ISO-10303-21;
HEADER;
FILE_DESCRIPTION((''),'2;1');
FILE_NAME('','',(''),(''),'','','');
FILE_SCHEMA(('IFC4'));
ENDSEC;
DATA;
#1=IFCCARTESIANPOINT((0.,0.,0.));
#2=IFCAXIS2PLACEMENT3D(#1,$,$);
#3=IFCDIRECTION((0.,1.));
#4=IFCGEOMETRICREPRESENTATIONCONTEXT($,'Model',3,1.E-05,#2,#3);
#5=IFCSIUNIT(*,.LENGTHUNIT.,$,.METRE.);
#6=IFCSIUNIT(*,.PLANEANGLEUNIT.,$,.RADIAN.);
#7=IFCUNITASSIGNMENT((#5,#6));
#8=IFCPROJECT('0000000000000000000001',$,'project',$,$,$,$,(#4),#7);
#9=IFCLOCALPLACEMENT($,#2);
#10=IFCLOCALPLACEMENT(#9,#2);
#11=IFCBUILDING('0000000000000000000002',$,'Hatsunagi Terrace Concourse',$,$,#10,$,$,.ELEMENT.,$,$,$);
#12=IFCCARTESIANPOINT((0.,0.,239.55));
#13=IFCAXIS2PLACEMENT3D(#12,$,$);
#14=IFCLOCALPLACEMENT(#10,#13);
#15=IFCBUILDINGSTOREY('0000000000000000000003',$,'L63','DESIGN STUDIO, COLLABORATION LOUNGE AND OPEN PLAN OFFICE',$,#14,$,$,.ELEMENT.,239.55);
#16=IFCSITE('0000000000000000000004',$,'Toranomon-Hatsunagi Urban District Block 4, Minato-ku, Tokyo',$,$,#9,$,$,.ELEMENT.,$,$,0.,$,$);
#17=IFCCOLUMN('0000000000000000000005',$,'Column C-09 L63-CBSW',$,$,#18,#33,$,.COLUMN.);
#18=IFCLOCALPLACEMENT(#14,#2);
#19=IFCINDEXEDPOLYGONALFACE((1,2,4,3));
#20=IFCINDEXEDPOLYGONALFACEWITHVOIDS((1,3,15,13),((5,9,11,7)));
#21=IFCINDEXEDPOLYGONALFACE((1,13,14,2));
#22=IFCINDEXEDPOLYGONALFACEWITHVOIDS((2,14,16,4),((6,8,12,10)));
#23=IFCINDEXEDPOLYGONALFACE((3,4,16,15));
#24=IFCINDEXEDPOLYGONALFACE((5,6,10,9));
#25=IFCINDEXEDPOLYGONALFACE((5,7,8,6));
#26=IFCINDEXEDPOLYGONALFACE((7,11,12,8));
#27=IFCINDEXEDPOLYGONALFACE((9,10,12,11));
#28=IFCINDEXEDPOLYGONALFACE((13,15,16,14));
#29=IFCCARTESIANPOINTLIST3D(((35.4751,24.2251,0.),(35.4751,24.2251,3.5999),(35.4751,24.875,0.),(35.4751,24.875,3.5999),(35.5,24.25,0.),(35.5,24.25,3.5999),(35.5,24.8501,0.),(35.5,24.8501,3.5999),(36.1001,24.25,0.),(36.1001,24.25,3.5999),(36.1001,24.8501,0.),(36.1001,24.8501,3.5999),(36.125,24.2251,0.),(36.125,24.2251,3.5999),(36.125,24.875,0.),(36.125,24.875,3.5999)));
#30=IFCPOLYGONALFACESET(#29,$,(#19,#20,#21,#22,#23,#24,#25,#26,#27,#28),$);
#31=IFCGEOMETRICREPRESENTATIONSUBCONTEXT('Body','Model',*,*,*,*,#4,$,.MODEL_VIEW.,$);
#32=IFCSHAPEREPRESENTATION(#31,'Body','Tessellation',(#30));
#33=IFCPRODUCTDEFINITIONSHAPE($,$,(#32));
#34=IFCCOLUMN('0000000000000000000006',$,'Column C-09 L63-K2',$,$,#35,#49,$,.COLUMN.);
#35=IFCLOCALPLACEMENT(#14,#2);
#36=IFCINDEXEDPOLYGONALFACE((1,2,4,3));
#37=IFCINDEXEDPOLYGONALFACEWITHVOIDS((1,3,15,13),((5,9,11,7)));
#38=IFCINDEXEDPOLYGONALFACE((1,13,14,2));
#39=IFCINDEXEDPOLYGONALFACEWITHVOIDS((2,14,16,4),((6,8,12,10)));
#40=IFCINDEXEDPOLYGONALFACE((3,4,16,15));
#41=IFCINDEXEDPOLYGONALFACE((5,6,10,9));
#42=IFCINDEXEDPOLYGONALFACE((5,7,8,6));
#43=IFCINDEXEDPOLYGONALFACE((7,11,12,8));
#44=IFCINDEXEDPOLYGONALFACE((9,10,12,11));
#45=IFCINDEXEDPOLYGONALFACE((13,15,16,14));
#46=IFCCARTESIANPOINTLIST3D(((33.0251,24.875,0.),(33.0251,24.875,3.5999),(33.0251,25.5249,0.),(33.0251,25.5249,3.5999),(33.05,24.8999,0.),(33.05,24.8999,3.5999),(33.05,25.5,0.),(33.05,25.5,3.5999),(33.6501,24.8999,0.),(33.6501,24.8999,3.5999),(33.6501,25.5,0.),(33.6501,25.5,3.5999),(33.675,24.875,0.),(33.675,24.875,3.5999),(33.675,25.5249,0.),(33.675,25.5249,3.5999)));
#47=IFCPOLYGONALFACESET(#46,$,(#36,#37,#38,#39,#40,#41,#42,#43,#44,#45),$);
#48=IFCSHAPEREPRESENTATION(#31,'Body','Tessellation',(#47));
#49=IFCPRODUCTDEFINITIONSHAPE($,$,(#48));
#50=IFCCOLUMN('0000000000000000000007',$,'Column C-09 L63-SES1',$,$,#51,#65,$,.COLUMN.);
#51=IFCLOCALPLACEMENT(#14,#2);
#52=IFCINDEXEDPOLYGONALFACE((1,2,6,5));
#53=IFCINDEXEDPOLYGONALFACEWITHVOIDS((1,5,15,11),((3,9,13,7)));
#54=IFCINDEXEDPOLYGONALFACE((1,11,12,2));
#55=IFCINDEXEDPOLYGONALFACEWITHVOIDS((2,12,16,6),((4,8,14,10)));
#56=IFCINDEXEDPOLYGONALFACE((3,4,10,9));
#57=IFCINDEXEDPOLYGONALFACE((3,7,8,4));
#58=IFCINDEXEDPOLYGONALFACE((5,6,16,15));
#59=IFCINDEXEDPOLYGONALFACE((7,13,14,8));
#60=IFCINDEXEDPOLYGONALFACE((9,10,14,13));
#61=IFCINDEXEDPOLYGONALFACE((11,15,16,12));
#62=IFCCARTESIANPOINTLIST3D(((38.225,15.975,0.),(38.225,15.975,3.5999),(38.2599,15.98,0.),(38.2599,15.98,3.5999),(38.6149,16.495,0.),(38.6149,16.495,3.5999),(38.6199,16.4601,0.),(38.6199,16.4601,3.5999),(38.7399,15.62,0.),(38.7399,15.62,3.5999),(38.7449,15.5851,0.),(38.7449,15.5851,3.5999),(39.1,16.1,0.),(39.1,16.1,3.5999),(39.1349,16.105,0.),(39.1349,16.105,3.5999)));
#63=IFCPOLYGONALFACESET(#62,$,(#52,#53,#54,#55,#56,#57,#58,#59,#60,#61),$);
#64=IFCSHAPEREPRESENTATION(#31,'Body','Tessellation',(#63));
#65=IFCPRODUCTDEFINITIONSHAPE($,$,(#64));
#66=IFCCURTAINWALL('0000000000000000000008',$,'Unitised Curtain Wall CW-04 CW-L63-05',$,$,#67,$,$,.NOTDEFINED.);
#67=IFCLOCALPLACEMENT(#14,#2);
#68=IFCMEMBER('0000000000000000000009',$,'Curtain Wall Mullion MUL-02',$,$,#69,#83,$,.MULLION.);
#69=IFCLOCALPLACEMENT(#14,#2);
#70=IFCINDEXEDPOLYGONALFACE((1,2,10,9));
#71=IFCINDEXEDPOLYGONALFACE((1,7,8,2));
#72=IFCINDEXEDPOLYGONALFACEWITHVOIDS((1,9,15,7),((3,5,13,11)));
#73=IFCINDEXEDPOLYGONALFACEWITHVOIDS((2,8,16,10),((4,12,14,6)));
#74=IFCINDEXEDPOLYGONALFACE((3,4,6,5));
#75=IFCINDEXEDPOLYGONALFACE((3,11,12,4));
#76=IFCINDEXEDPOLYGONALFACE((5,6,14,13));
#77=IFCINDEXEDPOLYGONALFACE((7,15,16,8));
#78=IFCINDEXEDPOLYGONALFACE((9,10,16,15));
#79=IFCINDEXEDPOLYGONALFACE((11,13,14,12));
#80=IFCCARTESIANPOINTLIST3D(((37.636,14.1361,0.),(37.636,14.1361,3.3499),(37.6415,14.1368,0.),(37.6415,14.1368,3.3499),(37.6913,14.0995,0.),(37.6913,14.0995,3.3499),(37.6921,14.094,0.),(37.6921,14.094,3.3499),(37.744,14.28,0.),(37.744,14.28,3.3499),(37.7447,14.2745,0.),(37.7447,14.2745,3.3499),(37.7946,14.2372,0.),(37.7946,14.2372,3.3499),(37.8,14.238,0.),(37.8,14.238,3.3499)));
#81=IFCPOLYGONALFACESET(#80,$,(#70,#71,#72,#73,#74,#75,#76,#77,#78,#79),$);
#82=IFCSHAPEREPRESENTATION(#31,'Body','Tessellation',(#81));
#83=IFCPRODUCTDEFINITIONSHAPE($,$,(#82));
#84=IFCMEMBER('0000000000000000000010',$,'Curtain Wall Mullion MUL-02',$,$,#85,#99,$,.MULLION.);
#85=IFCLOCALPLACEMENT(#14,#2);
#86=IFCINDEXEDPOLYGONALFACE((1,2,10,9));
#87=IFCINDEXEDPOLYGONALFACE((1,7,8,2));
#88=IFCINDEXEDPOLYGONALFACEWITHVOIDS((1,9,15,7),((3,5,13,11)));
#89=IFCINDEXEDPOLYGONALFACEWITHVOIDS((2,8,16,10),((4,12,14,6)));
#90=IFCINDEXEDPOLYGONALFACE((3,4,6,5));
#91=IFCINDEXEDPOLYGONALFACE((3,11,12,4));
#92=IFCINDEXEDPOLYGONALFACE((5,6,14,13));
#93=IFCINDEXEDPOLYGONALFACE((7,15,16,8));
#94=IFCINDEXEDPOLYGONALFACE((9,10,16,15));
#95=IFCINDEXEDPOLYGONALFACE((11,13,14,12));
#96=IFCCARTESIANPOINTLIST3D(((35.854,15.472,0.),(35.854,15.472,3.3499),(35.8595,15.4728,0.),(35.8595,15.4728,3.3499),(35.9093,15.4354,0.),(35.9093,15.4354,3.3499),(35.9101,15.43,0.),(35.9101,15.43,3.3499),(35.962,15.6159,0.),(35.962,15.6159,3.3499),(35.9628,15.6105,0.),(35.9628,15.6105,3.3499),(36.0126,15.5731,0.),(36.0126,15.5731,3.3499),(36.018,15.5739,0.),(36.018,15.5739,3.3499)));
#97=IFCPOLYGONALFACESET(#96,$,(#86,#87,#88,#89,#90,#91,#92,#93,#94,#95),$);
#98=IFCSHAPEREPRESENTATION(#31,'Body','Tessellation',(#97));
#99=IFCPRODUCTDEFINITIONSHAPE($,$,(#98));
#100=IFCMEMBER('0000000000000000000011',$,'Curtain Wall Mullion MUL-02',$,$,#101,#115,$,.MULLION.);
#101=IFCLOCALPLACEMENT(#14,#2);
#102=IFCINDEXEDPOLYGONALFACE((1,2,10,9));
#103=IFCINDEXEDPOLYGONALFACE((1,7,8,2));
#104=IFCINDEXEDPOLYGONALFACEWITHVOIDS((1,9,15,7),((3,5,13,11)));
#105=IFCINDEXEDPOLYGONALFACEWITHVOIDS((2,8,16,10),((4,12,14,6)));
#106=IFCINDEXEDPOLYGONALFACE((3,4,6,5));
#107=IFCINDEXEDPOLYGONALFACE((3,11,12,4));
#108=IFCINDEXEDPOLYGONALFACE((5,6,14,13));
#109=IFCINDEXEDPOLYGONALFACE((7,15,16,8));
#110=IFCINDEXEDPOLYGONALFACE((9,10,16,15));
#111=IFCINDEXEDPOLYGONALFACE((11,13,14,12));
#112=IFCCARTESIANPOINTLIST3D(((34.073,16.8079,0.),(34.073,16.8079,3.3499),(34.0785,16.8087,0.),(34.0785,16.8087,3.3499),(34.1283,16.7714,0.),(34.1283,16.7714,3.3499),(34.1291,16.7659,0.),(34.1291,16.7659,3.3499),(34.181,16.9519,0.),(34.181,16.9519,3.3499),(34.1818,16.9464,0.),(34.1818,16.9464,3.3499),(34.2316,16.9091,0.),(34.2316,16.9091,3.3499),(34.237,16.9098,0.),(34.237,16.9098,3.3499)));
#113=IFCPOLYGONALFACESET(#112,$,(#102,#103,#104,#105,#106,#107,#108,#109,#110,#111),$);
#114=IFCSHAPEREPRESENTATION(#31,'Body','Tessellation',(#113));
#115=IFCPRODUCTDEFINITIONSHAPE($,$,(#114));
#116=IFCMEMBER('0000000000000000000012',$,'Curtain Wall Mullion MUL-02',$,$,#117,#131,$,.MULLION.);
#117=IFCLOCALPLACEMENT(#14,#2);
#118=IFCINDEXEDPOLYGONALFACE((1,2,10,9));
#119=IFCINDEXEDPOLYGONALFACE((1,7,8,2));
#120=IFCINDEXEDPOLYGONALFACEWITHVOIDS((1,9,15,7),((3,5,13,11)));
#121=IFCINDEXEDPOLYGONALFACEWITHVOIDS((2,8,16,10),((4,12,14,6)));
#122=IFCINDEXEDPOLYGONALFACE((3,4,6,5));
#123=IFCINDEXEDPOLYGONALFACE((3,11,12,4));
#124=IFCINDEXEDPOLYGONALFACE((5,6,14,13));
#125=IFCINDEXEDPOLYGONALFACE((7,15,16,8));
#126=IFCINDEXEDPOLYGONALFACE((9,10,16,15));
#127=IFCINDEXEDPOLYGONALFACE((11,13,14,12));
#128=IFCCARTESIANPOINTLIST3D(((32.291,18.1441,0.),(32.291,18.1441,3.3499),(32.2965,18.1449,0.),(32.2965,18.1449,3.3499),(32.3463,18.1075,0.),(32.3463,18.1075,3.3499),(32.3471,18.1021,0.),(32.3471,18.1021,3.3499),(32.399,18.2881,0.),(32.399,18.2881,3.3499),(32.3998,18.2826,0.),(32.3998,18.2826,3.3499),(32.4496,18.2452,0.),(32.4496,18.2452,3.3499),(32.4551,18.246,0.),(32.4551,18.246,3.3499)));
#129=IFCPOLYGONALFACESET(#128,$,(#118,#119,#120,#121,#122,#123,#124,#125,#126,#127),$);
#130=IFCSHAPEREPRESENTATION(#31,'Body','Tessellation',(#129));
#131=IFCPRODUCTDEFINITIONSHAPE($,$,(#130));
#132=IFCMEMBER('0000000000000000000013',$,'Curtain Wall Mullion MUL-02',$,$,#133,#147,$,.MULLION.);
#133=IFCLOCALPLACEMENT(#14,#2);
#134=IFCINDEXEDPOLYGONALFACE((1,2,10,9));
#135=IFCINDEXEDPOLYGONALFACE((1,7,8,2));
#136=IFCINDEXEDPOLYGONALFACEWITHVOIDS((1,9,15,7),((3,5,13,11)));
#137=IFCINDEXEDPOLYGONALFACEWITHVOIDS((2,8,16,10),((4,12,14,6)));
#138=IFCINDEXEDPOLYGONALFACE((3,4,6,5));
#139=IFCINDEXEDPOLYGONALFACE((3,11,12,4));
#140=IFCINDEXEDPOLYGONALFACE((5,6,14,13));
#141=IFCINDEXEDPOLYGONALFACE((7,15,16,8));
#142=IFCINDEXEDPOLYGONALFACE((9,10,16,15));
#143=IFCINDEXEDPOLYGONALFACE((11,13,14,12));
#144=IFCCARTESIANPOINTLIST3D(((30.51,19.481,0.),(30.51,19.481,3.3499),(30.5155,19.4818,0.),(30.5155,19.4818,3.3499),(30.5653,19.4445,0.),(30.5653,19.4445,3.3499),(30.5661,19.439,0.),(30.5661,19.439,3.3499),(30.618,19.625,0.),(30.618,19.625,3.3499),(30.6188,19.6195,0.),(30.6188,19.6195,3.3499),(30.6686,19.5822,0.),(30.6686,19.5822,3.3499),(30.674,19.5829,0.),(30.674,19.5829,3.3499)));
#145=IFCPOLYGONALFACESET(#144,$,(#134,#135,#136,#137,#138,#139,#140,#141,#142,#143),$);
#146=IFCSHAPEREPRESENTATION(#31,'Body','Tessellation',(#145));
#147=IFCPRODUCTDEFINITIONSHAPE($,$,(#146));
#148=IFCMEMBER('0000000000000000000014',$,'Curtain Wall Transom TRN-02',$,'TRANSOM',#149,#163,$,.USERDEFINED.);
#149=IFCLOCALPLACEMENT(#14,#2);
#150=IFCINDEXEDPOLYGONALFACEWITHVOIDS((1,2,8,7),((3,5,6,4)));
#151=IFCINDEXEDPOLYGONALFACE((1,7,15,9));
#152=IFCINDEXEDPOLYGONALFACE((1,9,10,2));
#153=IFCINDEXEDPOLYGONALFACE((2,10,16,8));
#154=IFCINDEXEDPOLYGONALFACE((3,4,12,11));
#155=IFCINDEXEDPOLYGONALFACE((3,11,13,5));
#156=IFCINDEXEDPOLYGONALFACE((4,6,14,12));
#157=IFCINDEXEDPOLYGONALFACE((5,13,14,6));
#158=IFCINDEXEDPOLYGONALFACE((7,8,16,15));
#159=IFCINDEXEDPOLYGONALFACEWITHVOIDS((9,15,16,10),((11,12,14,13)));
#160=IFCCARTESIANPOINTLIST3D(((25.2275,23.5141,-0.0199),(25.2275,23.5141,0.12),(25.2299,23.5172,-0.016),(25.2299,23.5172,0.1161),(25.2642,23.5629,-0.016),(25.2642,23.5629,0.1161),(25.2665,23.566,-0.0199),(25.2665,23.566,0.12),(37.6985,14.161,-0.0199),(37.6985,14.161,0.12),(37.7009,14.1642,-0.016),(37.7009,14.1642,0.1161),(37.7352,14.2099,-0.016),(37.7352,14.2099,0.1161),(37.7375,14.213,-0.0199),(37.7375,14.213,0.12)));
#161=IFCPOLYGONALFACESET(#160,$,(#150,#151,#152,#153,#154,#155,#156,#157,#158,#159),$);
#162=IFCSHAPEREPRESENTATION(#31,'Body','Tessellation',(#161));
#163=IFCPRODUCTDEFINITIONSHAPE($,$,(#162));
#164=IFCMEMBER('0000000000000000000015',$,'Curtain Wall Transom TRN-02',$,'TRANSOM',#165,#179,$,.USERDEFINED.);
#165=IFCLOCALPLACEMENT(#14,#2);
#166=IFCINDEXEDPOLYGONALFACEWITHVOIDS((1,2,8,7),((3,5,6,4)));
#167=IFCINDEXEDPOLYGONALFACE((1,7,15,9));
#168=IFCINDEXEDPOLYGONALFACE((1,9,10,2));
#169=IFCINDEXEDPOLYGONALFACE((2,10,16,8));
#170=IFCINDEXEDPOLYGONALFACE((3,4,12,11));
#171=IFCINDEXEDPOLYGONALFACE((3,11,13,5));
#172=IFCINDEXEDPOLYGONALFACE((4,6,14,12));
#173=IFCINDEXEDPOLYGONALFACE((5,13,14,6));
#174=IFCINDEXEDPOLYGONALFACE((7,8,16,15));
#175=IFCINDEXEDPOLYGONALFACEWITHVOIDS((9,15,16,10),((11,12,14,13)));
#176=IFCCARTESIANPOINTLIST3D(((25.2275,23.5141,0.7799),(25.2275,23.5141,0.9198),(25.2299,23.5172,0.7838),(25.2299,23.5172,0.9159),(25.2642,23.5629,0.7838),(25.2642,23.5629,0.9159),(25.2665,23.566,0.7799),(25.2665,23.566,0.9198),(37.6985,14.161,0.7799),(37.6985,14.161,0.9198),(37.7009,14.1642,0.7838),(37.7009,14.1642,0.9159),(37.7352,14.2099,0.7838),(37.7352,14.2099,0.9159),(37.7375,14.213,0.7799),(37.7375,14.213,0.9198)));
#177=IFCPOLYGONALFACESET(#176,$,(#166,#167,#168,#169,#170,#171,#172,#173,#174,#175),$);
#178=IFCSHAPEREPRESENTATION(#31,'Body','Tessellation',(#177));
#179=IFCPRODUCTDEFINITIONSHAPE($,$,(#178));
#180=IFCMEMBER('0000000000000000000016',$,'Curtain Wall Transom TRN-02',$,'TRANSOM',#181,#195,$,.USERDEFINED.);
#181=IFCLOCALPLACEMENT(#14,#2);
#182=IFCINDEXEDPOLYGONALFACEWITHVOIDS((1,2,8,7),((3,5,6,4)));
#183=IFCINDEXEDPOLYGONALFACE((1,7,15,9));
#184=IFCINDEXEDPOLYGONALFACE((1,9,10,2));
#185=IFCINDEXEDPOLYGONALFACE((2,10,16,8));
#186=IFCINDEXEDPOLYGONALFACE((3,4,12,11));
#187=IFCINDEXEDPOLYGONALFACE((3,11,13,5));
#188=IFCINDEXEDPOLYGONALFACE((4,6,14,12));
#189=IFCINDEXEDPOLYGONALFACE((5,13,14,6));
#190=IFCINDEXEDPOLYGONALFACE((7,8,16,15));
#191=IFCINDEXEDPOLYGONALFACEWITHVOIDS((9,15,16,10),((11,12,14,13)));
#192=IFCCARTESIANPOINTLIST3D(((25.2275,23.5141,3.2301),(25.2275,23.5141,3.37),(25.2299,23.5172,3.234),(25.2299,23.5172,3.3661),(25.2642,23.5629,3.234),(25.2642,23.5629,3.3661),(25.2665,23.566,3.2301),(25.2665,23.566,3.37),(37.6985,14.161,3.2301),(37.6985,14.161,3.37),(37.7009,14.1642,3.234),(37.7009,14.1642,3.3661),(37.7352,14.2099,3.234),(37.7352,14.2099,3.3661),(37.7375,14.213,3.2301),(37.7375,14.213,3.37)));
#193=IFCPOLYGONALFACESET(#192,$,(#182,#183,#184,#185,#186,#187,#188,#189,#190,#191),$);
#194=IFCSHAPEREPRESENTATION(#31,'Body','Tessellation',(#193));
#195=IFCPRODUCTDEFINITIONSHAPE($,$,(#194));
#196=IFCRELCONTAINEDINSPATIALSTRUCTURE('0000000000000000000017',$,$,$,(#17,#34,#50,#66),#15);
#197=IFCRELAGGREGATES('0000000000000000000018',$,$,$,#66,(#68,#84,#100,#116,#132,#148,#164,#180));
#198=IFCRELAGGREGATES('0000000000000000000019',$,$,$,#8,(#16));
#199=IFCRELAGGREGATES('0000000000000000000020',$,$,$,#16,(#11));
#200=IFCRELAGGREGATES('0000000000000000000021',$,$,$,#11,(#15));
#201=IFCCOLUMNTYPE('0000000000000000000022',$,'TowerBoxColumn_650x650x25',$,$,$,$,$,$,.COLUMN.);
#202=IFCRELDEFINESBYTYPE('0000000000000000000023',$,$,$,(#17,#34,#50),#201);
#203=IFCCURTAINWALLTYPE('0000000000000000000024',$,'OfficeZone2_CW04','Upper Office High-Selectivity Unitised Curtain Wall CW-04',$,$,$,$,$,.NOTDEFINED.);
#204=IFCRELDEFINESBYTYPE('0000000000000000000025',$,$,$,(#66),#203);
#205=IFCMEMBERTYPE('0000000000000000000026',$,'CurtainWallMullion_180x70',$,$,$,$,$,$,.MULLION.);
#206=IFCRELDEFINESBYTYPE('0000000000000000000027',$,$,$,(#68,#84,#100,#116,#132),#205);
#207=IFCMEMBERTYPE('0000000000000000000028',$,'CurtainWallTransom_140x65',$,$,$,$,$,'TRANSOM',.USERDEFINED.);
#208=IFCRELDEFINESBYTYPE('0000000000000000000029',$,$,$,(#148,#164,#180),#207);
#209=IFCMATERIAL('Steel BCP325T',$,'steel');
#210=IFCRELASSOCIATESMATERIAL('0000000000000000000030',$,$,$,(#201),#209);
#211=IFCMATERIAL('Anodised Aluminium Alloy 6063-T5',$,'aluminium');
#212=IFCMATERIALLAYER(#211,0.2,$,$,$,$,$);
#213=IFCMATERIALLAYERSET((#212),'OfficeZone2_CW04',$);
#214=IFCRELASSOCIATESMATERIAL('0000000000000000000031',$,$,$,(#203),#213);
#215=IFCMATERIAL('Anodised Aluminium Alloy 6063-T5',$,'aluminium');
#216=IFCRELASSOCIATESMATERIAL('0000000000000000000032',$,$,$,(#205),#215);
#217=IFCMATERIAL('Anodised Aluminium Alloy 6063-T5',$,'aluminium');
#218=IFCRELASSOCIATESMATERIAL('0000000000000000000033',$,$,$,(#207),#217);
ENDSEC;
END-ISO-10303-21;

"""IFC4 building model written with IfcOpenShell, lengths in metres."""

from ifc_helpers import new_model, si_unit, direction, frame, origin, origin_2d, place, context, subcontext, project, spatial, hollow_rectangle, extrude, material, layer, layer_set, material_profile, profile_set, type_object, element, aggregate, save


model = new_model("IFC4")

# Units and contexts
model_context = context("Model", 3, precision=1e-05, world=origin(), true_north=direction((0.0, 1.0)))
body_context = subcontext(model_context, "Body", "Model", "MODEL_VIEW")
ifc_project = project(units=[si_unit("LENGTHUNIT", "METRE"), si_unit("PLANEANGLEUNIT", "RADIAN")], contexts=[model_context])

# Site, building, storey
site_placement = place(None, origin())
site = spatial("IfcSite", under=ifc_project, at=site_placement, Name="Toranomon-Hatsunagi Urban District Block 4, Minato-ku, Tokyo", CompositionType="ELEMENT", RefElevation=0.0)
building_placement = place(site_placement, origin())
building = spatial("IfcBuilding", under=site, at=building_placement, Name="Hatsunagi Terrace Concourse", CompositionType="ELEMENT")
storey_placement = place(building_placement, frame((0.0, 0.0, 239.55)))
storey = spatial("IfcBuildingStorey", under=building, at=storey_placement, Name="L63", Description="DESIGN STUDIO, COLLABORATION LOUNGE AND OPEN PLAN OFFICE", CompositionType="ELEMENT", Elevation=239.55)

# Columns
ifc_material_1 = material(Name="Steel BCP325T", Category="steel")
ifc_material_profile_1 = material_profile(ifc_material_1, hollow_rectangle(XDim=0.6499, YDim=0.6499, WallThickness=0.0249, at=origin_2d()), Name="BCP-650x650x25")
ifc_profile_set_1 = profile_set([ifc_material_profile_1], Name="Steel BCP325T")
column_type = type_object("IfcColumnType", Name="TowerBoxColumn_650x650x25", PredefinedType="COLUMN", material=ifc_profile_set_1)
for number, where, z_axis, x_axis, name in (
    (1, (35.8, 24.55, 0.0), (0.0, 0.0, 1.0), (1.0, 0.0, 0.0), "Column C-09 L63-CBSW"),
    (2, (33.3501, 25.2, 0.0), (0.0, 0.0, 1.0), (1.0, 0.0, 0.0), "Column C-09 L63-K2"),
    (3, (38.6799, 16.04, 0.0), (0.0, 0.0, 1.0), (0.8, -0.6, 0.0), "Column C-09 L63-SES1"),
):
    element("IfcColumn", number, at=place(storey_placement, frame(where, z_axis=z_axis, x_axis=x_axis)), inside=storey, type_object=column_type, Name=name, PredefinedType="COLUMN", context=body_context, shape_type="SweptSolid", body=[
        extrude(hollow_rectangle(XDim=0.6499, YDim=0.6499, WallThickness=0.0249, at=origin_2d()), origin(), (0.0, 0.0, 1.0), 3.5999),
    ])

# Curtain wall, members
ifc_material_2 = material(Name="Anodised Aluminium Alloy 6063-T5", Category="aluminium")
ifc_layer_1 = layer(ifc_material_2, 0.2)
ifc_layer_set_1 = layer_set([ifc_layer_1], Name="OfficeZone2_CW04")
curtain_wall_type = type_object("IfcCurtainWallType", Name="OfficeZone2_CW04", Description="Upper Office High-Selectivity Unitised Curtain Wall CW-04", PredefinedType="NOTDEFINED", material=ifc_layer_set_1)
curtain_wall_placement = place(storey_placement, origin())
curtain_wall = element("IfcCurtainWall", 4, at=curtain_wall_placement, inside=storey, type_object=curtain_wall_type, Name="Unitised Curtain Wall CW-04 CW-L63-05", PredefinedType="NOTDEFINED")
ifc_material_3 = material(Name="Anodised Aluminium Alloy 6063-T5", Category="aluminium")
ifc_material_profile_2 = material_profile(ifc_material_3, hollow_rectangle(XDim=0.0701, YDim=0.1799, WallThickness=0.0039, at=origin_2d()), Name="ALU-MUL-180x70x4")
ifc_profile_set_2 = profile_set([ifc_material_profile_2], Name="Anodised Aluminium Alloy 6063-T5")
member_type_1 = type_object("IfcMemberType", Name="CurtainWallMullion_180x70", PredefinedType="MULLION", material=ifc_profile_set_2)
member_1_placement = place(storey_placement, frame((37.718, 14.187, 0.0), z_axis=(0.0, 0.0, 1.0), x_axis=(-0.800007, 0.59999, 0.0)))
member_1 = element("IfcMember", 5, at=member_1_placement, type_object=member_type_1, Name="Curtain Wall Mullion MUL-02", PredefinedType="MULLION", context=body_context, shape_type="SweptSolid", body=[
    extrude(hollow_rectangle(XDim=0.0701, YDim=0.1799, WallThickness=0.0039, at=origin_2d()), origin(), (0.0, 0.0, 1.0), 3.3499),
])
member_2_placement = place(storey_placement, frame((35.936, 15.5229, 0.0), z_axis=(0.0, 0.0, 1.0), x_axis=(-0.800007, 0.59999, 0.0)))
member_2 = element("IfcMember", 6, at=member_2_placement, type_object=member_type_1, Name="Curtain Wall Mullion MUL-02", PredefinedType="MULLION", context=body_context, shape_type="SweptSolid", body=[
    extrude(hollow_rectangle(XDim=0.0701, YDim=0.1799, WallThickness=0.0039, at=origin_2d()), origin(), (0.0, 0.0, 1.0), 3.3499),
])
member_3_placement = place(storey_placement, frame((34.155, 16.8589, 0.0), z_axis=(0.0, 0.0, 1.0), x_axis=(-0.800007, 0.59999, 0.0)))
member_3 = element("IfcMember", 7, at=member_3_placement, type_object=member_type_1, Name="Curtain Wall Mullion MUL-02", PredefinedType="MULLION", context=body_context, shape_type="SweptSolid", body=[
    extrude(hollow_rectangle(XDim=0.0701, YDim=0.1799, WallThickness=0.0039, at=origin_2d()), origin(), (0.0, 0.0, 1.0), 3.3499),
])
member_4_placement = place(storey_placement, frame((32.373, 18.1951, 0.0), z_axis=(0.0, 0.0, 1.0), x_axis=(-0.800007, 0.59999, 0.0)))
member_4 = element("IfcMember", 8, at=member_4_placement, type_object=member_type_1, Name="Curtain Wall Mullion MUL-02", PredefinedType="MULLION", context=body_context, shape_type="SweptSolid", body=[
    extrude(hollow_rectangle(XDim=0.0701, YDim=0.1799, WallThickness=0.0039, at=origin_2d()), origin(), (0.0, 0.0, 1.0), 3.3499),
])
member_5_placement = place(storey_placement, frame((30.592, 19.532, 0.0), z_axis=(0.0, 0.0, 1.0), x_axis=(-0.800007, 0.59999, 0.0)))
member_5 = element("IfcMember", 9, at=member_5_placement, type_object=member_type_1, Name="Curtain Wall Mullion MUL-02", PredefinedType="MULLION", context=body_context, shape_type="SweptSolid", body=[
    extrude(hollow_rectangle(XDim=0.0701, YDim=0.1799, WallThickness=0.0039, at=origin_2d()), origin(), (0.0, 0.0, 1.0), 3.3499),
])
ifc_material_4 = material(Name="Anodised Aluminium Alloy 6063-T5", Category="aluminium")
ifc_material_profile_3 = material_profile(ifc_material_4, hollow_rectangle(XDim=0.0649, YDim=0.1399, WallThickness=0.0039, at=origin_2d()), Name="ALU-TRN-140x65x4")
ifc_profile_set_3 = profile_set([ifc_material_profile_3], Name="Anodised Aluminium Alloy 6063-T5")
member_type_2 = type_object("IfcMemberType", Name="CurtainWallTransom_140x65", ElementType="TRANSOM", PredefinedType="USERDEFINED", material=ifc_profile_set_3)
member_6_placement = place(storey_placement, frame((37.718, 14.187, 0.05), z_axis=(-0.800006, 0.599992, 0.0), x_axis=(-0.599992, -0.800006, 0.0)))
member_6 = element("IfcMember", 10, at=member_6_placement, type_object=member_type_2, Name="Curtain Wall Transom TRN-02", ObjectType="TRANSOM", PredefinedType="USERDEFINED", context=body_context, shape_type="SweptSolid", body=[
    extrude(hollow_rectangle(XDim=0.0649, YDim=0.1399, WallThickness=0.0039, at=origin_2d()), origin(), (0.0, 0.0, 1.0), 15.5886),
])
member_7_placement = place(storey_placement, frame((37.718, 14.187, 0.8499), z_axis=(-0.800006, 0.599992, 0.0), x_axis=(-0.599992, -0.800006, 0.0)))
member_7 = element("IfcMember", 11, at=member_7_placement, type_object=member_type_2, Name="Curtain Wall Transom TRN-02", ObjectType="TRANSOM", PredefinedType="USERDEFINED", context=body_context, shape_type="SweptSolid", body=[
    extrude(hollow_rectangle(XDim=0.0649, YDim=0.1399, WallThickness=0.0039, at=origin_2d()), origin(), (0.0, 0.0, 1.0), 15.5886),
])
member_8_placement = place(storey_placement, frame((37.718, 14.187, 3.3), z_axis=(-0.800006, 0.599992, 0.0), x_axis=(-0.599992, -0.800006, 0.0)))
member_8 = element("IfcMember", 12, at=member_8_placement, type_object=member_type_2, Name="Curtain Wall Transom TRN-02", ObjectType="TRANSOM", PredefinedType="USERDEFINED", context=body_context, shape_type="SweptSolid", body=[
    extrude(hollow_rectangle(XDim=0.0649, YDim=0.1399, WallThickness=0.0039, at=origin_2d()), origin(), (0.0, 0.0, 1.0), 15.5886),
])

aggregate(curtain_wall, [member_1, member_2, member_3, member_4, member_5, member_6, member_7, member_8])

save(model, "model.ifc")
